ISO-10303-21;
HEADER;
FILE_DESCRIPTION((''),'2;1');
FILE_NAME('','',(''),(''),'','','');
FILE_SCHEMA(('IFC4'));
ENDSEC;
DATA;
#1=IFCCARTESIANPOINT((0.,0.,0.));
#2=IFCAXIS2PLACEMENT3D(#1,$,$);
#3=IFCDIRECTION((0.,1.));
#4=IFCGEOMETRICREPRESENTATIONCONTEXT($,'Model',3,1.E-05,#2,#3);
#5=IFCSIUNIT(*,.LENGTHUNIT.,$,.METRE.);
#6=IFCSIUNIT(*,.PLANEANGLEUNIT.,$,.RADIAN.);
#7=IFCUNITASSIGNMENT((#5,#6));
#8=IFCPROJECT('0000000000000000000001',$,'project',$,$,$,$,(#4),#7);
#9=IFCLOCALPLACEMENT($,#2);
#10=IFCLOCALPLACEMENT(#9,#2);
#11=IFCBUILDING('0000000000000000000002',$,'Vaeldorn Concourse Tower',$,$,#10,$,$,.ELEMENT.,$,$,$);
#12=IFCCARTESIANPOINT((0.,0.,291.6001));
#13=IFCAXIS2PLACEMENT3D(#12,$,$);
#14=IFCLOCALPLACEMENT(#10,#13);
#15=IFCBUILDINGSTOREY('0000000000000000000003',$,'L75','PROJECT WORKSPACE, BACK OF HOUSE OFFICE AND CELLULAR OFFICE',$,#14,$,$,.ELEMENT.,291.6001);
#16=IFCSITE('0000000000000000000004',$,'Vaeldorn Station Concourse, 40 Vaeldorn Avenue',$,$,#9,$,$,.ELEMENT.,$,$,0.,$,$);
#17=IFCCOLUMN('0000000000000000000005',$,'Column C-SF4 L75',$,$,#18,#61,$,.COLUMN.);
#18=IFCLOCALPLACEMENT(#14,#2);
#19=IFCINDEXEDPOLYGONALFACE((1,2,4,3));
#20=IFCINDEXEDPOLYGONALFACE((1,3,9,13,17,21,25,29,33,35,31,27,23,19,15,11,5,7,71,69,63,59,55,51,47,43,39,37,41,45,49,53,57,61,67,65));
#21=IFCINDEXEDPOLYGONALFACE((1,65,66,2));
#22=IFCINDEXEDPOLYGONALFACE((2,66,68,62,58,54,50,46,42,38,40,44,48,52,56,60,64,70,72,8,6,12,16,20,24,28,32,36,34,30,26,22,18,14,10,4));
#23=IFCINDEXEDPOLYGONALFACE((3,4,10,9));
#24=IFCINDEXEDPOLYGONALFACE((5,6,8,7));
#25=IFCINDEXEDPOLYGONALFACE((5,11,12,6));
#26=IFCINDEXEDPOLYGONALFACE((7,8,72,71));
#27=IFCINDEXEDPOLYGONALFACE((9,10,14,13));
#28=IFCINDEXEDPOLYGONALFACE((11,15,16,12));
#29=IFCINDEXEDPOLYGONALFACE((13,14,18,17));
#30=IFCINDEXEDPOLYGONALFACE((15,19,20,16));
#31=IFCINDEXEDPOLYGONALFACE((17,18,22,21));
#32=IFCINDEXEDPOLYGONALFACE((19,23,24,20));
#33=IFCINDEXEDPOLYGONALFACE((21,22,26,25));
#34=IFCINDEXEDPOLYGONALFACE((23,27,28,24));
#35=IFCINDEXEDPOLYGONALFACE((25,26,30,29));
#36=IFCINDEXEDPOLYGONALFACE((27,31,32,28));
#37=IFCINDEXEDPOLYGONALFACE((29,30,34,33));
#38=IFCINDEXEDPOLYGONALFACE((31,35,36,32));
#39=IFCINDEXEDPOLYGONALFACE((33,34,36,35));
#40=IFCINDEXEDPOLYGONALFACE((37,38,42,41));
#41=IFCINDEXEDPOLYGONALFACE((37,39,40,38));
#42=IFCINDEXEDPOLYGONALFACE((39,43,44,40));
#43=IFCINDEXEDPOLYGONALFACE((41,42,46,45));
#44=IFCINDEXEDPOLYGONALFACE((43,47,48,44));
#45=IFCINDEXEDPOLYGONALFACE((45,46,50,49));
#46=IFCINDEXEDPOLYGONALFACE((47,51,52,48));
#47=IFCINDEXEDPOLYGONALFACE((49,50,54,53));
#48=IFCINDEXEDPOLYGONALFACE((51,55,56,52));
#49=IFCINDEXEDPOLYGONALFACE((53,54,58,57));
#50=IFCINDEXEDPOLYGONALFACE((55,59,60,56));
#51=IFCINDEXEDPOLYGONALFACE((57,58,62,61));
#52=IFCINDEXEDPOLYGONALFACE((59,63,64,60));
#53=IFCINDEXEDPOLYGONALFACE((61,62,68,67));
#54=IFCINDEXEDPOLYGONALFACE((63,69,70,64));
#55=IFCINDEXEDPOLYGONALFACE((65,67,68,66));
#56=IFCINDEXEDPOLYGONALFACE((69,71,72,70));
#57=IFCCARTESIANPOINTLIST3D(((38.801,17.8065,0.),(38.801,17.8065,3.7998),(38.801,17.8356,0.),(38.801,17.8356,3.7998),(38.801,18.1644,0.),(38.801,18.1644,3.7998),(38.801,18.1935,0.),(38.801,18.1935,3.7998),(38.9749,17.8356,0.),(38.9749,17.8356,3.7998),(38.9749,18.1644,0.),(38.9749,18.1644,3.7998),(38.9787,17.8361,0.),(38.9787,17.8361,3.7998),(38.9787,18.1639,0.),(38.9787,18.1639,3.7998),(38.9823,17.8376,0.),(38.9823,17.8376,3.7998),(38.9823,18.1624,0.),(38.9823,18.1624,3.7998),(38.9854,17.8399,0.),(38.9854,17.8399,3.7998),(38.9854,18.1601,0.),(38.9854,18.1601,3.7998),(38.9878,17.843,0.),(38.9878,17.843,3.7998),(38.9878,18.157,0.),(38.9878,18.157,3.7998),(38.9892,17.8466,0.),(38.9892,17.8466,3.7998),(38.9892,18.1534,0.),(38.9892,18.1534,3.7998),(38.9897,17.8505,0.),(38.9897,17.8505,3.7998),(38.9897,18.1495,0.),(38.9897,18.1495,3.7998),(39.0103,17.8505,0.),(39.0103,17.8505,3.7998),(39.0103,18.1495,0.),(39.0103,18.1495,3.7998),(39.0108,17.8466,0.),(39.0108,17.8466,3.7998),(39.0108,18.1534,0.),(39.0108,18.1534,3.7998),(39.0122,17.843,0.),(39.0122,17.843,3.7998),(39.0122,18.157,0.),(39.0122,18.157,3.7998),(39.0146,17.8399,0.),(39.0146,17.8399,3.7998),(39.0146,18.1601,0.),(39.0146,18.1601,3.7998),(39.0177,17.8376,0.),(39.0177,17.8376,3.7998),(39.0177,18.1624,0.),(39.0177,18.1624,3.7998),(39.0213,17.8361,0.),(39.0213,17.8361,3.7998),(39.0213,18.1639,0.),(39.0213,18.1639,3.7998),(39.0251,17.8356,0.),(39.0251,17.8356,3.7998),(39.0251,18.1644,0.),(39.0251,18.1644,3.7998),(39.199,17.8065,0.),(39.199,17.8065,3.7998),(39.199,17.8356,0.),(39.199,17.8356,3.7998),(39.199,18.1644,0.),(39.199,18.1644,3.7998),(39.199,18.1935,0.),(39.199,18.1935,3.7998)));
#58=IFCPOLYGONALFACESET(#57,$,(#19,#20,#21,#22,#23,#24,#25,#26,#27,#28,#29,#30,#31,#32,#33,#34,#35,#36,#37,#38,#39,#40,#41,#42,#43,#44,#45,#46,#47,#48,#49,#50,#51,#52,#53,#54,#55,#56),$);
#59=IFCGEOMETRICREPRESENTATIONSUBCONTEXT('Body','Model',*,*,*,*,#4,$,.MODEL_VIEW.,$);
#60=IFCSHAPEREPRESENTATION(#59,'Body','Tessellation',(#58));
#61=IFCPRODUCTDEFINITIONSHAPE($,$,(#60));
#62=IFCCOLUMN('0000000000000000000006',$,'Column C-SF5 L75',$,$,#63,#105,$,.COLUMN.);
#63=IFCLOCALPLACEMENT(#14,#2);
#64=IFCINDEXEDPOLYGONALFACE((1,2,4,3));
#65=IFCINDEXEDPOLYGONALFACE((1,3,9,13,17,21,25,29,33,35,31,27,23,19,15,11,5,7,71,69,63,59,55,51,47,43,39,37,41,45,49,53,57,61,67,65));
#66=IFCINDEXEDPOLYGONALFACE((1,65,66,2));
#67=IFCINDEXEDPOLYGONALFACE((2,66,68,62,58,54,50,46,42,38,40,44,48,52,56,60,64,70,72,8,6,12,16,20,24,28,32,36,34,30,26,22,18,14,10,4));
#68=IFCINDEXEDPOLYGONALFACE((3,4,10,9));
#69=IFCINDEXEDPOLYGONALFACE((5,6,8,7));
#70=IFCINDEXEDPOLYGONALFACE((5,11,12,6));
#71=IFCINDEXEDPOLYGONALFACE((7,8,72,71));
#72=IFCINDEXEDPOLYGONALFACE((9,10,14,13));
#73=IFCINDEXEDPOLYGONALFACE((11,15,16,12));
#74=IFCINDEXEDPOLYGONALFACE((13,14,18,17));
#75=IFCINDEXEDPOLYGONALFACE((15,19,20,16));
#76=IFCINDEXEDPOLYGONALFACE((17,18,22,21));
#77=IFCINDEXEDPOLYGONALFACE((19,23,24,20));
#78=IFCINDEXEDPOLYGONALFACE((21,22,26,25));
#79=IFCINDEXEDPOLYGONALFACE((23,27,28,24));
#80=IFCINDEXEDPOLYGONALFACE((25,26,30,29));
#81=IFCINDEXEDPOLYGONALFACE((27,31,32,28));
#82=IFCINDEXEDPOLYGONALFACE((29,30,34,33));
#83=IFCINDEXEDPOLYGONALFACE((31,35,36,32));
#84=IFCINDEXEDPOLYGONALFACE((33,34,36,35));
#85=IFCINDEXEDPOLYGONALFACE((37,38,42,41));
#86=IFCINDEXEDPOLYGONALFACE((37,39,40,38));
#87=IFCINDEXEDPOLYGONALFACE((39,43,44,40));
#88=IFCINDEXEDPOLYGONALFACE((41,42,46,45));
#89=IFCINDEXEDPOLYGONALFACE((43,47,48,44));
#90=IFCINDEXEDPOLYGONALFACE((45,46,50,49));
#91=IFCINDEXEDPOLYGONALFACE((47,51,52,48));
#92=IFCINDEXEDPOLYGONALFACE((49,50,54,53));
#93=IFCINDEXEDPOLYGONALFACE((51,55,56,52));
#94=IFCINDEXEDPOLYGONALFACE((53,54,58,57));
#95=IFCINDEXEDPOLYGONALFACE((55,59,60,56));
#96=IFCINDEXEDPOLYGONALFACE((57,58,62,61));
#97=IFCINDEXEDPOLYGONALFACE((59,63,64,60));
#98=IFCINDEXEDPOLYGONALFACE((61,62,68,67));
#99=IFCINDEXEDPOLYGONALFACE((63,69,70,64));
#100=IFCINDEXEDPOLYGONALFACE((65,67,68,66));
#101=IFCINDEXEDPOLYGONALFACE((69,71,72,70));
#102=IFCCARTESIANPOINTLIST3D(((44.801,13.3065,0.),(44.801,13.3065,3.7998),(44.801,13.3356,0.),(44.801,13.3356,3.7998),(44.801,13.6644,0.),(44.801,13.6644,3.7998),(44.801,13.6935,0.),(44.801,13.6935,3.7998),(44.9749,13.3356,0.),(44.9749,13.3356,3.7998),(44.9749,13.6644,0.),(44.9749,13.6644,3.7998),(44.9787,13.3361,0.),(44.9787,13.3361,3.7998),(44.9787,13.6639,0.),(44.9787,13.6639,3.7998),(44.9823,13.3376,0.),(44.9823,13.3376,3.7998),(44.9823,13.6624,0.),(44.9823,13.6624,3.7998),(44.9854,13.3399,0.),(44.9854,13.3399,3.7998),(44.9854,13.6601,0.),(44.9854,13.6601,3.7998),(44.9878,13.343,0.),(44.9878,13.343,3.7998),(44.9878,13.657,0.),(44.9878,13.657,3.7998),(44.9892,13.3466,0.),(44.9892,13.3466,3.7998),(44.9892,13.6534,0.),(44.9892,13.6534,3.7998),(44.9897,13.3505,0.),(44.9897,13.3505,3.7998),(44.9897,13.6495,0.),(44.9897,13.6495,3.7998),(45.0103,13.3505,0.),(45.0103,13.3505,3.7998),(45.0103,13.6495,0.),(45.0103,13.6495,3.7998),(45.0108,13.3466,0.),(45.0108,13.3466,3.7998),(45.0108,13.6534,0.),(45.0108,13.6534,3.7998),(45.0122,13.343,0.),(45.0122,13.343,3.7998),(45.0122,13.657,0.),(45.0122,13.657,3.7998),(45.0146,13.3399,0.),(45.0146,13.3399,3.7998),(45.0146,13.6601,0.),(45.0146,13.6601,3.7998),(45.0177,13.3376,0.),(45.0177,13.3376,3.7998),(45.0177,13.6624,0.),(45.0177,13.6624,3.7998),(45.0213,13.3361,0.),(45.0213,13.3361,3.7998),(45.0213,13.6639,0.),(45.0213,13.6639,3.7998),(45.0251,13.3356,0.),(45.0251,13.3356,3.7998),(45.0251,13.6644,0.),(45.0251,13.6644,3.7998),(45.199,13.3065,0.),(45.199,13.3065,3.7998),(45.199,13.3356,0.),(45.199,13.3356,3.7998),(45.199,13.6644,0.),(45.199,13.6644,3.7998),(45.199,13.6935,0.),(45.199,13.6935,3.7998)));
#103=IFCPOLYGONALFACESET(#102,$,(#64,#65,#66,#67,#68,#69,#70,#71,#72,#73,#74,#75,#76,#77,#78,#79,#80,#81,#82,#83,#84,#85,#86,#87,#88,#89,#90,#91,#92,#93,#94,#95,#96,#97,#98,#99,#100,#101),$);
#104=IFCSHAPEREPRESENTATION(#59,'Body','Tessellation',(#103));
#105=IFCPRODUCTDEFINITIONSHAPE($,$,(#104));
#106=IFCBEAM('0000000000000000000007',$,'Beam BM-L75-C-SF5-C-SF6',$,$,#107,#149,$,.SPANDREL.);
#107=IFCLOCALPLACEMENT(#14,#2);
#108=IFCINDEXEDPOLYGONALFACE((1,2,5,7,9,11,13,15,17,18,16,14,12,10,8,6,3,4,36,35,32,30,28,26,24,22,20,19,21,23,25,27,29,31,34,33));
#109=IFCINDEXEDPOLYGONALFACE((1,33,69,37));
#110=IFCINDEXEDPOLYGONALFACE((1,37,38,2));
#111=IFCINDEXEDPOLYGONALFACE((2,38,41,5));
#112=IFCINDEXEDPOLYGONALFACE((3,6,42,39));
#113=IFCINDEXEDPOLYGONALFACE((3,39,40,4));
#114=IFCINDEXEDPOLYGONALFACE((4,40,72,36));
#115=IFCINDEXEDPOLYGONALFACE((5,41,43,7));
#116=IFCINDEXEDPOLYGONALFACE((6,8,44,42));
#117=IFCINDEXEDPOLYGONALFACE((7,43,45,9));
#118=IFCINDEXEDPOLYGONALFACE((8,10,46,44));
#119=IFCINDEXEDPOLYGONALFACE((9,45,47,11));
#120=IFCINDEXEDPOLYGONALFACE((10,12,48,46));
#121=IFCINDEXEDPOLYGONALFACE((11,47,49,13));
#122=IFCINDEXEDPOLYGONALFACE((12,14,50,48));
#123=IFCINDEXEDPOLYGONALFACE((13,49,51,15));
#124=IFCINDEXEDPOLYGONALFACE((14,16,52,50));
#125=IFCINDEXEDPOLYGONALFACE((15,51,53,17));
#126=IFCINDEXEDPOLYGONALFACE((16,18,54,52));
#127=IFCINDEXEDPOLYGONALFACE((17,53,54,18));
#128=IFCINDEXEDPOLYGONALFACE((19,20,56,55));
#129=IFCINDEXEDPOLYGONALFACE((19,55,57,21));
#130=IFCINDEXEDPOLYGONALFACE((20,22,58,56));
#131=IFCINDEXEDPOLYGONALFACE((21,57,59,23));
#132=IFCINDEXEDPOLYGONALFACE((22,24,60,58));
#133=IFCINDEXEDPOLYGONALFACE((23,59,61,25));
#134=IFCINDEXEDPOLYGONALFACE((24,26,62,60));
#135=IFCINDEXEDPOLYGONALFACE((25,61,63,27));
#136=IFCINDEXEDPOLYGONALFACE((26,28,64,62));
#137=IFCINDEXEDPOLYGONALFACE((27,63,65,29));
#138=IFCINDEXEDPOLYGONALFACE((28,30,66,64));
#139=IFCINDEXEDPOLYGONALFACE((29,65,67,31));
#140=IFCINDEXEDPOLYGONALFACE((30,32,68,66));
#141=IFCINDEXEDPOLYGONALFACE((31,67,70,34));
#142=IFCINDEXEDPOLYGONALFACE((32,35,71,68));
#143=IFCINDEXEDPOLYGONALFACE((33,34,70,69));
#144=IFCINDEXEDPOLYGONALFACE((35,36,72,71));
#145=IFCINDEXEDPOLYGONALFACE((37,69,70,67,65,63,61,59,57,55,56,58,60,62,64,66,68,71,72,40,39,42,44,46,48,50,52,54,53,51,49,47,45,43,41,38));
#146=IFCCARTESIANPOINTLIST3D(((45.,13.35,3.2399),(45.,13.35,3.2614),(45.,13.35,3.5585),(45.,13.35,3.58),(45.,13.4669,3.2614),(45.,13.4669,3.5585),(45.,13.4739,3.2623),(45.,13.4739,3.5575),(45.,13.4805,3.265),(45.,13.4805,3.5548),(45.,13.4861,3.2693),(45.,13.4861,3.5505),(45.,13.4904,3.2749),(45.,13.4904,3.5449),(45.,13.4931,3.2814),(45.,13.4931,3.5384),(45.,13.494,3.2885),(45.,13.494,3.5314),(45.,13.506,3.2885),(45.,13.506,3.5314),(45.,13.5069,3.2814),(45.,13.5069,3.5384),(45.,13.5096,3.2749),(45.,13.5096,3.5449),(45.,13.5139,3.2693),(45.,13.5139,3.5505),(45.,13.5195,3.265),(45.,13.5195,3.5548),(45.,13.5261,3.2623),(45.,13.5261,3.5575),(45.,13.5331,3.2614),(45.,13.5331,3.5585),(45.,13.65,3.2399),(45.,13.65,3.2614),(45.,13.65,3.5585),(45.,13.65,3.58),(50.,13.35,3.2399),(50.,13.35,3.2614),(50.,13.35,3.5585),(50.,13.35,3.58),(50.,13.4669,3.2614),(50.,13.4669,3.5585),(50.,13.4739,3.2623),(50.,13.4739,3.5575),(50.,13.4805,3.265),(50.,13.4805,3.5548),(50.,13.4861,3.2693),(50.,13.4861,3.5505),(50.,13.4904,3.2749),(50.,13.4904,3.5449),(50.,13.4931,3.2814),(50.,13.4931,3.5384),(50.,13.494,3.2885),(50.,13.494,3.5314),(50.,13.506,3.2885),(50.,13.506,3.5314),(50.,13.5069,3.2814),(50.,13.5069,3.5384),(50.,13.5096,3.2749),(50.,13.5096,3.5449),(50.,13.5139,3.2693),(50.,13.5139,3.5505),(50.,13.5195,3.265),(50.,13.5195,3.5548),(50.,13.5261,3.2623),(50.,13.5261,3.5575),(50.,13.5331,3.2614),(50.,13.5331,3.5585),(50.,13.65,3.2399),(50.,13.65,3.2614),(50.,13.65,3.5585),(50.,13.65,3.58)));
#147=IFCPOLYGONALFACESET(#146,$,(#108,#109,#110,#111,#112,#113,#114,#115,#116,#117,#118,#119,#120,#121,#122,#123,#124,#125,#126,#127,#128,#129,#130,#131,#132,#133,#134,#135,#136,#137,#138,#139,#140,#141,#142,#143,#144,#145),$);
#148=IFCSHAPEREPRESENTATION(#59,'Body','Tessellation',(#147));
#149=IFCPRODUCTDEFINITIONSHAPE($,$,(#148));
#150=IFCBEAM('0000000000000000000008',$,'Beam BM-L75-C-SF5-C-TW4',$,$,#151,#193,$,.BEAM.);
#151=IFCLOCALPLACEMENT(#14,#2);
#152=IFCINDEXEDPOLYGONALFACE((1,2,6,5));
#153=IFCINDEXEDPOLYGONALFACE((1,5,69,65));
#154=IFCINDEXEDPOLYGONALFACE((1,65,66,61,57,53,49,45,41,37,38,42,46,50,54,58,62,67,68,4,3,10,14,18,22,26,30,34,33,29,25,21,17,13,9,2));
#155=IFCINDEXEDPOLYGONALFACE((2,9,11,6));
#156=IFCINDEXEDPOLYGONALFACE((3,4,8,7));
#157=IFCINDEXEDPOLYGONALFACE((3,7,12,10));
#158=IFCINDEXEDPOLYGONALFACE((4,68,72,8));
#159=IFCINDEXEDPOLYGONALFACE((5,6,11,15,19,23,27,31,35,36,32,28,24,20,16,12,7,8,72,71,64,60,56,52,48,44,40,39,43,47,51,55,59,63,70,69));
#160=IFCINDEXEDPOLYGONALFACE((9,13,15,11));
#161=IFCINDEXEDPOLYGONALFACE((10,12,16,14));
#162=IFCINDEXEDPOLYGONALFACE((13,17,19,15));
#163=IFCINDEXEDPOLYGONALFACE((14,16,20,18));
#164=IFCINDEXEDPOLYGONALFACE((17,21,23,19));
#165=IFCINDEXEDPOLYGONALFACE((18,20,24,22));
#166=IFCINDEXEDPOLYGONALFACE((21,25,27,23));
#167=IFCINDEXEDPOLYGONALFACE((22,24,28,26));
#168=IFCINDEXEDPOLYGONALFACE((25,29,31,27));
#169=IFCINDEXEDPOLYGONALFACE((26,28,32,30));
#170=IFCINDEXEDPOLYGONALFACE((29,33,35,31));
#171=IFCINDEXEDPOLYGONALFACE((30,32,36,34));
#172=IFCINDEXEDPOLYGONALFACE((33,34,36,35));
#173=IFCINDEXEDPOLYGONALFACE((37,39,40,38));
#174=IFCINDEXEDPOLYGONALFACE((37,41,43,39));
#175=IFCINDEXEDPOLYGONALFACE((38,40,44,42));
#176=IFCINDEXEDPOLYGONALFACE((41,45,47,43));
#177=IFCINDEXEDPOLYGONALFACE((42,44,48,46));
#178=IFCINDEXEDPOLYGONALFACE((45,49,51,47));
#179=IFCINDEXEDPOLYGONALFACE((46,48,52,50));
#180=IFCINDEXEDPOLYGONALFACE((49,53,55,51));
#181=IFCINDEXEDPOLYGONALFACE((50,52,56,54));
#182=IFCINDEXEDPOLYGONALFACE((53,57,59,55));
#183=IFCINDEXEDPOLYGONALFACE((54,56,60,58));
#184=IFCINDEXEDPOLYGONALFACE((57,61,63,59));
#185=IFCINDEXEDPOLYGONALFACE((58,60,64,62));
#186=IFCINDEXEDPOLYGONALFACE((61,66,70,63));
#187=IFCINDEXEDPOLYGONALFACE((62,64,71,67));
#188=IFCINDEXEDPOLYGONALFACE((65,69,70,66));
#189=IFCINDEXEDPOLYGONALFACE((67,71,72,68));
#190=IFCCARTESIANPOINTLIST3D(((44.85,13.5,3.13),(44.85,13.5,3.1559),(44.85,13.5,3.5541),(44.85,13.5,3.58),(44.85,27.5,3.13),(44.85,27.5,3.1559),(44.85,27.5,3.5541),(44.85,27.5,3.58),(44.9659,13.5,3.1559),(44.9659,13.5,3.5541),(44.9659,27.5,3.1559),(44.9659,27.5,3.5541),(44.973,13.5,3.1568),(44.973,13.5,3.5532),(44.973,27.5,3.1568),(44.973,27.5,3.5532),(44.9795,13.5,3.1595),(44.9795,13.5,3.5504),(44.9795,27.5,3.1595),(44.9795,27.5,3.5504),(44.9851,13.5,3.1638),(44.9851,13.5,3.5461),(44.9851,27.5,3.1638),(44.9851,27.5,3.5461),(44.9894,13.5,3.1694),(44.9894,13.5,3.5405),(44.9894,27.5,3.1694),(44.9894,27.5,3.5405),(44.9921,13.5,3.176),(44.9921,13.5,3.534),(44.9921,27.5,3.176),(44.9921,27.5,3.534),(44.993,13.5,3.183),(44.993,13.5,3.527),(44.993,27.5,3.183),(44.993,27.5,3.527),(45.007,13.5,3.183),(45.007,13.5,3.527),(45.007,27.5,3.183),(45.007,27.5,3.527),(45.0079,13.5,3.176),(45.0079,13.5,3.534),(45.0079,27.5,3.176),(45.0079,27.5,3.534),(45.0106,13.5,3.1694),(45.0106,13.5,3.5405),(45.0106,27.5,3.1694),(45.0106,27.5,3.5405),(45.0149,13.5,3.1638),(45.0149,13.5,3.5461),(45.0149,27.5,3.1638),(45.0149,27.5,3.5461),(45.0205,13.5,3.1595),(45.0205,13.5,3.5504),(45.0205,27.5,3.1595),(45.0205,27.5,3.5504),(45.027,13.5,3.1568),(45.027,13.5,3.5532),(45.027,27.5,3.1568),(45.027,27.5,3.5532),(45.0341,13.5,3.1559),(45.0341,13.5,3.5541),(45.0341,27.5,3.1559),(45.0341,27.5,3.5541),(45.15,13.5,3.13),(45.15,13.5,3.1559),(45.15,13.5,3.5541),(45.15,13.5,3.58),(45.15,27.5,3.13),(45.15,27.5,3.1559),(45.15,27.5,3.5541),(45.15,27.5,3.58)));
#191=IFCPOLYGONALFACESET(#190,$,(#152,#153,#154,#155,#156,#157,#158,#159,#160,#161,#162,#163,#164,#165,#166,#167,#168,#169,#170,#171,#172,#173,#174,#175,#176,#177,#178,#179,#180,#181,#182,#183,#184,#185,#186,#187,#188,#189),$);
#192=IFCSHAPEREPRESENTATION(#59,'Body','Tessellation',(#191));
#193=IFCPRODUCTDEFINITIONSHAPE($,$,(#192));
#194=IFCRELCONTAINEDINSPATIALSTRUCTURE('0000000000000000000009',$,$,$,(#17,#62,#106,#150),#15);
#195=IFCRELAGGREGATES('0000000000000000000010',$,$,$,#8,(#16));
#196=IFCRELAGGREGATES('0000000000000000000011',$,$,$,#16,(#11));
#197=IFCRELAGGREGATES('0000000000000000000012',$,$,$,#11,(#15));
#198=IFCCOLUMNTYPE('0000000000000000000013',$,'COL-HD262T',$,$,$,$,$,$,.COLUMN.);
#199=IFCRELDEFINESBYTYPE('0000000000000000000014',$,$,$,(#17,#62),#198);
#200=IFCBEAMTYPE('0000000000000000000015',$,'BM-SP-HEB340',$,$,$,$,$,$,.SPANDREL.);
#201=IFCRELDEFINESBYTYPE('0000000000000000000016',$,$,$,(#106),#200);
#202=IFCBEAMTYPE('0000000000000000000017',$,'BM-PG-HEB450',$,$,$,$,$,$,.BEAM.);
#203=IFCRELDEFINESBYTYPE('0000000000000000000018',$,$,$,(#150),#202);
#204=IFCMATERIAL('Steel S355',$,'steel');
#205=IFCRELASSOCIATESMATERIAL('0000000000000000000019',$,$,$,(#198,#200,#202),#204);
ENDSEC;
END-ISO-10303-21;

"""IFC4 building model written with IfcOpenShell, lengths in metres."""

from ifc_helpers import new_model, si_unit, direction, frame, origin, origin_2d, place, context, subcontext, project, spatial, i_section, extrude, source, transform, mapped, material, material_profile, profile_set, type_object, element, save


model = new_model("IFC4")

# Units and contexts
model_context = context("Model", 3, precision=1e-05, world=origin(), true_north=direction((0.0, 1.0)))
body_context = subcontext(model_context, "Body", "Model", "MODEL_VIEW")
ifc_project = project(units=[si_unit("LENGTHUNIT", "METRE"), si_unit("PLANEANGLEUNIT", "RADIAN")], contexts=[model_context])

# Site, building, storey
site_placement = place(None, origin())
site = spatial("IfcSite", under=ifc_project, at=site_placement, Name="Vaeldorn Station Concourse, 40 Vaeldorn Avenue", CompositionType="ELEMENT", RefElevation=0.0)
building_placement = place(site_placement, origin())
building = spatial("IfcBuilding", under=site, at=building_placement, Name="Vaeldorn Concourse Tower", CompositionType="ELEMENT")
storey_placement = place(building_placement, frame((0.0, 0.0, 291.6001)))
storey = spatial("IfcBuildingStorey", under=building, at=storey_placement, Name="L75", Description="PROJECT WORKSPACE, BACK OF HOUSE OFFICE AND CELLULAR OFFICE", CompositionType="ELEMENT", Elevation=291.6001)

# Columns
ifc_material_1 = material(Name="Steel S355", Category="steel")
ifc_material_profile_1 = material_profile(ifc_material_1, i_section(OverallWidth=0.3979, OverallDepth=0.387, WebThickness=0.0205, FlangeThickness=0.0291, FilletRadius=0.0149, at=origin_2d()), Name="HD 400x262")
ifc_profile_set_1 = profile_set([ifc_material_profile_1], Name="Steel S355")
column_type = type_object("IfcColumnType", Name="COL-HD262T", PredefinedType="COLUMN", material=ifc_profile_set_1)
shared_shape_1 = source(origin(), body_context, "Body", "SweptSolid", [
    extrude(i_section(OverallWidth=0.3979, OverallDepth=0.387, WebThickness=0.0205, FlangeThickness=0.0291, FilletRadius=0.0149, at=origin_2d()), origin(), (0.0, 0.0, 1.0), 3.7998),
])
for number, where, z_axis, x_axis, name in (
    (1, (39.0, 18.0, 0.0), (0.0, 0.0, 1.0), (1.0, 0.0, 0.0), "Column C-SF4 L75"),
    (2, (45.0, 13.5, 0.0), (0.0, 0.0, 1.0), (1.0, 0.0, 0.0), "Column C-SF5 L75"),
):
    element("IfcColumn", number, at=place(storey_placement, frame(where, z_axis=z_axis, x_axis=x_axis)), inside=storey, type_object=column_type, Name=name, PredefinedType="COLUMN", context=body_context, shape_type="MappedRepresentation", body=[
        mapped(shared_shape_1, transform((0.0, 0.0, 0.0), scale=1.0)),
    ])

# Beams
ifc_material_profile_2 = material_profile(ifc_material_1, i_section(OverallWidth=0.3, OverallDepth=0.3401, WebThickness=0.012, FlangeThickness=0.0215, FilletRadius=0.0271, at=origin_2d()), Name="HEB 340")
ifc_profile_set_2 = profile_set([ifc_material_profile_2], Name="Steel S355")
beam_type_1 = type_object("IfcBeamType", Name="BM-SP-HEB340", PredefinedType="SPANDREL", material=ifc_profile_set_2)
shared_shape_2 = source(origin(), body_context, "Body", "SweptSolid", [
    extrude(i_section(OverallWidth=0.3, OverallDepth=0.3401, WebThickness=0.012, FlangeThickness=0.0215, FilletRadius=0.0271, at=origin_2d()), origin(), (0.0, 0.0, 1.0), 5.0),
])
beam_1_placement = place(storey_placement, frame((45.0, 13.5, 3.4099), z_axis=(1.0, 0.0, 0.0), x_axis=(0.0, 1.0, 0.0)))
element("IfcBeam", 3, at=beam_1_placement, inside=storey, type_object=beam_type_1, Name="Beam BM-L75-C-SF5-C-SF6", PredefinedType="SPANDREL", context=body_context, shape_type="MappedRepresentation", body=[
    mapped(shared_shape_2, transform((0.0, 0.0, 0.0), scale=1.0)),
])
ifc_material_profile_3 = material_profile(ifc_material_1, i_section(OverallWidth=0.3, OverallDepth=0.45, WebThickness=0.0139, FlangeThickness=0.0259, FilletRadius=0.0271, at=origin_2d()), Name="HEB 450")
ifc_profile_set_3 = profile_set([ifc_material_profile_3], Name="Steel S355")
beam_type_2 = type_object("IfcBeamType", Name="BM-PG-HEB450", PredefinedType="BEAM", material=ifc_profile_set_3)
shared_shape_3 = source(origin(), body_context, "Body", "SweptSolid", [
    extrude(i_section(OverallWidth=0.3, OverallDepth=0.45, WebThickness=0.0139, FlangeThickness=0.0259, FilletRadius=0.0271, at=origin_2d()), origin(), (0.0, 0.0, 1.0), 14.0),
])
beam_2_placement = place(storey_placement, frame((45.0, 13.5, 3.355), z_axis=(0.0, 1.0, 0.0), x_axis=(-1.0, 0.0, 0.0)))
element("IfcBeam", 4, at=beam_2_placement, inside=storey, type_object=beam_type_2, Name="Beam BM-L75-C-SF5-C-TW4", PredefinedType="BEAM", context=body_context, shape_type="MappedRepresentation", body=[
    mapped(shared_shape_3, transform((0.0, 0.0, 0.0), scale=1.0)),
])

save(model, "model.ifc")
